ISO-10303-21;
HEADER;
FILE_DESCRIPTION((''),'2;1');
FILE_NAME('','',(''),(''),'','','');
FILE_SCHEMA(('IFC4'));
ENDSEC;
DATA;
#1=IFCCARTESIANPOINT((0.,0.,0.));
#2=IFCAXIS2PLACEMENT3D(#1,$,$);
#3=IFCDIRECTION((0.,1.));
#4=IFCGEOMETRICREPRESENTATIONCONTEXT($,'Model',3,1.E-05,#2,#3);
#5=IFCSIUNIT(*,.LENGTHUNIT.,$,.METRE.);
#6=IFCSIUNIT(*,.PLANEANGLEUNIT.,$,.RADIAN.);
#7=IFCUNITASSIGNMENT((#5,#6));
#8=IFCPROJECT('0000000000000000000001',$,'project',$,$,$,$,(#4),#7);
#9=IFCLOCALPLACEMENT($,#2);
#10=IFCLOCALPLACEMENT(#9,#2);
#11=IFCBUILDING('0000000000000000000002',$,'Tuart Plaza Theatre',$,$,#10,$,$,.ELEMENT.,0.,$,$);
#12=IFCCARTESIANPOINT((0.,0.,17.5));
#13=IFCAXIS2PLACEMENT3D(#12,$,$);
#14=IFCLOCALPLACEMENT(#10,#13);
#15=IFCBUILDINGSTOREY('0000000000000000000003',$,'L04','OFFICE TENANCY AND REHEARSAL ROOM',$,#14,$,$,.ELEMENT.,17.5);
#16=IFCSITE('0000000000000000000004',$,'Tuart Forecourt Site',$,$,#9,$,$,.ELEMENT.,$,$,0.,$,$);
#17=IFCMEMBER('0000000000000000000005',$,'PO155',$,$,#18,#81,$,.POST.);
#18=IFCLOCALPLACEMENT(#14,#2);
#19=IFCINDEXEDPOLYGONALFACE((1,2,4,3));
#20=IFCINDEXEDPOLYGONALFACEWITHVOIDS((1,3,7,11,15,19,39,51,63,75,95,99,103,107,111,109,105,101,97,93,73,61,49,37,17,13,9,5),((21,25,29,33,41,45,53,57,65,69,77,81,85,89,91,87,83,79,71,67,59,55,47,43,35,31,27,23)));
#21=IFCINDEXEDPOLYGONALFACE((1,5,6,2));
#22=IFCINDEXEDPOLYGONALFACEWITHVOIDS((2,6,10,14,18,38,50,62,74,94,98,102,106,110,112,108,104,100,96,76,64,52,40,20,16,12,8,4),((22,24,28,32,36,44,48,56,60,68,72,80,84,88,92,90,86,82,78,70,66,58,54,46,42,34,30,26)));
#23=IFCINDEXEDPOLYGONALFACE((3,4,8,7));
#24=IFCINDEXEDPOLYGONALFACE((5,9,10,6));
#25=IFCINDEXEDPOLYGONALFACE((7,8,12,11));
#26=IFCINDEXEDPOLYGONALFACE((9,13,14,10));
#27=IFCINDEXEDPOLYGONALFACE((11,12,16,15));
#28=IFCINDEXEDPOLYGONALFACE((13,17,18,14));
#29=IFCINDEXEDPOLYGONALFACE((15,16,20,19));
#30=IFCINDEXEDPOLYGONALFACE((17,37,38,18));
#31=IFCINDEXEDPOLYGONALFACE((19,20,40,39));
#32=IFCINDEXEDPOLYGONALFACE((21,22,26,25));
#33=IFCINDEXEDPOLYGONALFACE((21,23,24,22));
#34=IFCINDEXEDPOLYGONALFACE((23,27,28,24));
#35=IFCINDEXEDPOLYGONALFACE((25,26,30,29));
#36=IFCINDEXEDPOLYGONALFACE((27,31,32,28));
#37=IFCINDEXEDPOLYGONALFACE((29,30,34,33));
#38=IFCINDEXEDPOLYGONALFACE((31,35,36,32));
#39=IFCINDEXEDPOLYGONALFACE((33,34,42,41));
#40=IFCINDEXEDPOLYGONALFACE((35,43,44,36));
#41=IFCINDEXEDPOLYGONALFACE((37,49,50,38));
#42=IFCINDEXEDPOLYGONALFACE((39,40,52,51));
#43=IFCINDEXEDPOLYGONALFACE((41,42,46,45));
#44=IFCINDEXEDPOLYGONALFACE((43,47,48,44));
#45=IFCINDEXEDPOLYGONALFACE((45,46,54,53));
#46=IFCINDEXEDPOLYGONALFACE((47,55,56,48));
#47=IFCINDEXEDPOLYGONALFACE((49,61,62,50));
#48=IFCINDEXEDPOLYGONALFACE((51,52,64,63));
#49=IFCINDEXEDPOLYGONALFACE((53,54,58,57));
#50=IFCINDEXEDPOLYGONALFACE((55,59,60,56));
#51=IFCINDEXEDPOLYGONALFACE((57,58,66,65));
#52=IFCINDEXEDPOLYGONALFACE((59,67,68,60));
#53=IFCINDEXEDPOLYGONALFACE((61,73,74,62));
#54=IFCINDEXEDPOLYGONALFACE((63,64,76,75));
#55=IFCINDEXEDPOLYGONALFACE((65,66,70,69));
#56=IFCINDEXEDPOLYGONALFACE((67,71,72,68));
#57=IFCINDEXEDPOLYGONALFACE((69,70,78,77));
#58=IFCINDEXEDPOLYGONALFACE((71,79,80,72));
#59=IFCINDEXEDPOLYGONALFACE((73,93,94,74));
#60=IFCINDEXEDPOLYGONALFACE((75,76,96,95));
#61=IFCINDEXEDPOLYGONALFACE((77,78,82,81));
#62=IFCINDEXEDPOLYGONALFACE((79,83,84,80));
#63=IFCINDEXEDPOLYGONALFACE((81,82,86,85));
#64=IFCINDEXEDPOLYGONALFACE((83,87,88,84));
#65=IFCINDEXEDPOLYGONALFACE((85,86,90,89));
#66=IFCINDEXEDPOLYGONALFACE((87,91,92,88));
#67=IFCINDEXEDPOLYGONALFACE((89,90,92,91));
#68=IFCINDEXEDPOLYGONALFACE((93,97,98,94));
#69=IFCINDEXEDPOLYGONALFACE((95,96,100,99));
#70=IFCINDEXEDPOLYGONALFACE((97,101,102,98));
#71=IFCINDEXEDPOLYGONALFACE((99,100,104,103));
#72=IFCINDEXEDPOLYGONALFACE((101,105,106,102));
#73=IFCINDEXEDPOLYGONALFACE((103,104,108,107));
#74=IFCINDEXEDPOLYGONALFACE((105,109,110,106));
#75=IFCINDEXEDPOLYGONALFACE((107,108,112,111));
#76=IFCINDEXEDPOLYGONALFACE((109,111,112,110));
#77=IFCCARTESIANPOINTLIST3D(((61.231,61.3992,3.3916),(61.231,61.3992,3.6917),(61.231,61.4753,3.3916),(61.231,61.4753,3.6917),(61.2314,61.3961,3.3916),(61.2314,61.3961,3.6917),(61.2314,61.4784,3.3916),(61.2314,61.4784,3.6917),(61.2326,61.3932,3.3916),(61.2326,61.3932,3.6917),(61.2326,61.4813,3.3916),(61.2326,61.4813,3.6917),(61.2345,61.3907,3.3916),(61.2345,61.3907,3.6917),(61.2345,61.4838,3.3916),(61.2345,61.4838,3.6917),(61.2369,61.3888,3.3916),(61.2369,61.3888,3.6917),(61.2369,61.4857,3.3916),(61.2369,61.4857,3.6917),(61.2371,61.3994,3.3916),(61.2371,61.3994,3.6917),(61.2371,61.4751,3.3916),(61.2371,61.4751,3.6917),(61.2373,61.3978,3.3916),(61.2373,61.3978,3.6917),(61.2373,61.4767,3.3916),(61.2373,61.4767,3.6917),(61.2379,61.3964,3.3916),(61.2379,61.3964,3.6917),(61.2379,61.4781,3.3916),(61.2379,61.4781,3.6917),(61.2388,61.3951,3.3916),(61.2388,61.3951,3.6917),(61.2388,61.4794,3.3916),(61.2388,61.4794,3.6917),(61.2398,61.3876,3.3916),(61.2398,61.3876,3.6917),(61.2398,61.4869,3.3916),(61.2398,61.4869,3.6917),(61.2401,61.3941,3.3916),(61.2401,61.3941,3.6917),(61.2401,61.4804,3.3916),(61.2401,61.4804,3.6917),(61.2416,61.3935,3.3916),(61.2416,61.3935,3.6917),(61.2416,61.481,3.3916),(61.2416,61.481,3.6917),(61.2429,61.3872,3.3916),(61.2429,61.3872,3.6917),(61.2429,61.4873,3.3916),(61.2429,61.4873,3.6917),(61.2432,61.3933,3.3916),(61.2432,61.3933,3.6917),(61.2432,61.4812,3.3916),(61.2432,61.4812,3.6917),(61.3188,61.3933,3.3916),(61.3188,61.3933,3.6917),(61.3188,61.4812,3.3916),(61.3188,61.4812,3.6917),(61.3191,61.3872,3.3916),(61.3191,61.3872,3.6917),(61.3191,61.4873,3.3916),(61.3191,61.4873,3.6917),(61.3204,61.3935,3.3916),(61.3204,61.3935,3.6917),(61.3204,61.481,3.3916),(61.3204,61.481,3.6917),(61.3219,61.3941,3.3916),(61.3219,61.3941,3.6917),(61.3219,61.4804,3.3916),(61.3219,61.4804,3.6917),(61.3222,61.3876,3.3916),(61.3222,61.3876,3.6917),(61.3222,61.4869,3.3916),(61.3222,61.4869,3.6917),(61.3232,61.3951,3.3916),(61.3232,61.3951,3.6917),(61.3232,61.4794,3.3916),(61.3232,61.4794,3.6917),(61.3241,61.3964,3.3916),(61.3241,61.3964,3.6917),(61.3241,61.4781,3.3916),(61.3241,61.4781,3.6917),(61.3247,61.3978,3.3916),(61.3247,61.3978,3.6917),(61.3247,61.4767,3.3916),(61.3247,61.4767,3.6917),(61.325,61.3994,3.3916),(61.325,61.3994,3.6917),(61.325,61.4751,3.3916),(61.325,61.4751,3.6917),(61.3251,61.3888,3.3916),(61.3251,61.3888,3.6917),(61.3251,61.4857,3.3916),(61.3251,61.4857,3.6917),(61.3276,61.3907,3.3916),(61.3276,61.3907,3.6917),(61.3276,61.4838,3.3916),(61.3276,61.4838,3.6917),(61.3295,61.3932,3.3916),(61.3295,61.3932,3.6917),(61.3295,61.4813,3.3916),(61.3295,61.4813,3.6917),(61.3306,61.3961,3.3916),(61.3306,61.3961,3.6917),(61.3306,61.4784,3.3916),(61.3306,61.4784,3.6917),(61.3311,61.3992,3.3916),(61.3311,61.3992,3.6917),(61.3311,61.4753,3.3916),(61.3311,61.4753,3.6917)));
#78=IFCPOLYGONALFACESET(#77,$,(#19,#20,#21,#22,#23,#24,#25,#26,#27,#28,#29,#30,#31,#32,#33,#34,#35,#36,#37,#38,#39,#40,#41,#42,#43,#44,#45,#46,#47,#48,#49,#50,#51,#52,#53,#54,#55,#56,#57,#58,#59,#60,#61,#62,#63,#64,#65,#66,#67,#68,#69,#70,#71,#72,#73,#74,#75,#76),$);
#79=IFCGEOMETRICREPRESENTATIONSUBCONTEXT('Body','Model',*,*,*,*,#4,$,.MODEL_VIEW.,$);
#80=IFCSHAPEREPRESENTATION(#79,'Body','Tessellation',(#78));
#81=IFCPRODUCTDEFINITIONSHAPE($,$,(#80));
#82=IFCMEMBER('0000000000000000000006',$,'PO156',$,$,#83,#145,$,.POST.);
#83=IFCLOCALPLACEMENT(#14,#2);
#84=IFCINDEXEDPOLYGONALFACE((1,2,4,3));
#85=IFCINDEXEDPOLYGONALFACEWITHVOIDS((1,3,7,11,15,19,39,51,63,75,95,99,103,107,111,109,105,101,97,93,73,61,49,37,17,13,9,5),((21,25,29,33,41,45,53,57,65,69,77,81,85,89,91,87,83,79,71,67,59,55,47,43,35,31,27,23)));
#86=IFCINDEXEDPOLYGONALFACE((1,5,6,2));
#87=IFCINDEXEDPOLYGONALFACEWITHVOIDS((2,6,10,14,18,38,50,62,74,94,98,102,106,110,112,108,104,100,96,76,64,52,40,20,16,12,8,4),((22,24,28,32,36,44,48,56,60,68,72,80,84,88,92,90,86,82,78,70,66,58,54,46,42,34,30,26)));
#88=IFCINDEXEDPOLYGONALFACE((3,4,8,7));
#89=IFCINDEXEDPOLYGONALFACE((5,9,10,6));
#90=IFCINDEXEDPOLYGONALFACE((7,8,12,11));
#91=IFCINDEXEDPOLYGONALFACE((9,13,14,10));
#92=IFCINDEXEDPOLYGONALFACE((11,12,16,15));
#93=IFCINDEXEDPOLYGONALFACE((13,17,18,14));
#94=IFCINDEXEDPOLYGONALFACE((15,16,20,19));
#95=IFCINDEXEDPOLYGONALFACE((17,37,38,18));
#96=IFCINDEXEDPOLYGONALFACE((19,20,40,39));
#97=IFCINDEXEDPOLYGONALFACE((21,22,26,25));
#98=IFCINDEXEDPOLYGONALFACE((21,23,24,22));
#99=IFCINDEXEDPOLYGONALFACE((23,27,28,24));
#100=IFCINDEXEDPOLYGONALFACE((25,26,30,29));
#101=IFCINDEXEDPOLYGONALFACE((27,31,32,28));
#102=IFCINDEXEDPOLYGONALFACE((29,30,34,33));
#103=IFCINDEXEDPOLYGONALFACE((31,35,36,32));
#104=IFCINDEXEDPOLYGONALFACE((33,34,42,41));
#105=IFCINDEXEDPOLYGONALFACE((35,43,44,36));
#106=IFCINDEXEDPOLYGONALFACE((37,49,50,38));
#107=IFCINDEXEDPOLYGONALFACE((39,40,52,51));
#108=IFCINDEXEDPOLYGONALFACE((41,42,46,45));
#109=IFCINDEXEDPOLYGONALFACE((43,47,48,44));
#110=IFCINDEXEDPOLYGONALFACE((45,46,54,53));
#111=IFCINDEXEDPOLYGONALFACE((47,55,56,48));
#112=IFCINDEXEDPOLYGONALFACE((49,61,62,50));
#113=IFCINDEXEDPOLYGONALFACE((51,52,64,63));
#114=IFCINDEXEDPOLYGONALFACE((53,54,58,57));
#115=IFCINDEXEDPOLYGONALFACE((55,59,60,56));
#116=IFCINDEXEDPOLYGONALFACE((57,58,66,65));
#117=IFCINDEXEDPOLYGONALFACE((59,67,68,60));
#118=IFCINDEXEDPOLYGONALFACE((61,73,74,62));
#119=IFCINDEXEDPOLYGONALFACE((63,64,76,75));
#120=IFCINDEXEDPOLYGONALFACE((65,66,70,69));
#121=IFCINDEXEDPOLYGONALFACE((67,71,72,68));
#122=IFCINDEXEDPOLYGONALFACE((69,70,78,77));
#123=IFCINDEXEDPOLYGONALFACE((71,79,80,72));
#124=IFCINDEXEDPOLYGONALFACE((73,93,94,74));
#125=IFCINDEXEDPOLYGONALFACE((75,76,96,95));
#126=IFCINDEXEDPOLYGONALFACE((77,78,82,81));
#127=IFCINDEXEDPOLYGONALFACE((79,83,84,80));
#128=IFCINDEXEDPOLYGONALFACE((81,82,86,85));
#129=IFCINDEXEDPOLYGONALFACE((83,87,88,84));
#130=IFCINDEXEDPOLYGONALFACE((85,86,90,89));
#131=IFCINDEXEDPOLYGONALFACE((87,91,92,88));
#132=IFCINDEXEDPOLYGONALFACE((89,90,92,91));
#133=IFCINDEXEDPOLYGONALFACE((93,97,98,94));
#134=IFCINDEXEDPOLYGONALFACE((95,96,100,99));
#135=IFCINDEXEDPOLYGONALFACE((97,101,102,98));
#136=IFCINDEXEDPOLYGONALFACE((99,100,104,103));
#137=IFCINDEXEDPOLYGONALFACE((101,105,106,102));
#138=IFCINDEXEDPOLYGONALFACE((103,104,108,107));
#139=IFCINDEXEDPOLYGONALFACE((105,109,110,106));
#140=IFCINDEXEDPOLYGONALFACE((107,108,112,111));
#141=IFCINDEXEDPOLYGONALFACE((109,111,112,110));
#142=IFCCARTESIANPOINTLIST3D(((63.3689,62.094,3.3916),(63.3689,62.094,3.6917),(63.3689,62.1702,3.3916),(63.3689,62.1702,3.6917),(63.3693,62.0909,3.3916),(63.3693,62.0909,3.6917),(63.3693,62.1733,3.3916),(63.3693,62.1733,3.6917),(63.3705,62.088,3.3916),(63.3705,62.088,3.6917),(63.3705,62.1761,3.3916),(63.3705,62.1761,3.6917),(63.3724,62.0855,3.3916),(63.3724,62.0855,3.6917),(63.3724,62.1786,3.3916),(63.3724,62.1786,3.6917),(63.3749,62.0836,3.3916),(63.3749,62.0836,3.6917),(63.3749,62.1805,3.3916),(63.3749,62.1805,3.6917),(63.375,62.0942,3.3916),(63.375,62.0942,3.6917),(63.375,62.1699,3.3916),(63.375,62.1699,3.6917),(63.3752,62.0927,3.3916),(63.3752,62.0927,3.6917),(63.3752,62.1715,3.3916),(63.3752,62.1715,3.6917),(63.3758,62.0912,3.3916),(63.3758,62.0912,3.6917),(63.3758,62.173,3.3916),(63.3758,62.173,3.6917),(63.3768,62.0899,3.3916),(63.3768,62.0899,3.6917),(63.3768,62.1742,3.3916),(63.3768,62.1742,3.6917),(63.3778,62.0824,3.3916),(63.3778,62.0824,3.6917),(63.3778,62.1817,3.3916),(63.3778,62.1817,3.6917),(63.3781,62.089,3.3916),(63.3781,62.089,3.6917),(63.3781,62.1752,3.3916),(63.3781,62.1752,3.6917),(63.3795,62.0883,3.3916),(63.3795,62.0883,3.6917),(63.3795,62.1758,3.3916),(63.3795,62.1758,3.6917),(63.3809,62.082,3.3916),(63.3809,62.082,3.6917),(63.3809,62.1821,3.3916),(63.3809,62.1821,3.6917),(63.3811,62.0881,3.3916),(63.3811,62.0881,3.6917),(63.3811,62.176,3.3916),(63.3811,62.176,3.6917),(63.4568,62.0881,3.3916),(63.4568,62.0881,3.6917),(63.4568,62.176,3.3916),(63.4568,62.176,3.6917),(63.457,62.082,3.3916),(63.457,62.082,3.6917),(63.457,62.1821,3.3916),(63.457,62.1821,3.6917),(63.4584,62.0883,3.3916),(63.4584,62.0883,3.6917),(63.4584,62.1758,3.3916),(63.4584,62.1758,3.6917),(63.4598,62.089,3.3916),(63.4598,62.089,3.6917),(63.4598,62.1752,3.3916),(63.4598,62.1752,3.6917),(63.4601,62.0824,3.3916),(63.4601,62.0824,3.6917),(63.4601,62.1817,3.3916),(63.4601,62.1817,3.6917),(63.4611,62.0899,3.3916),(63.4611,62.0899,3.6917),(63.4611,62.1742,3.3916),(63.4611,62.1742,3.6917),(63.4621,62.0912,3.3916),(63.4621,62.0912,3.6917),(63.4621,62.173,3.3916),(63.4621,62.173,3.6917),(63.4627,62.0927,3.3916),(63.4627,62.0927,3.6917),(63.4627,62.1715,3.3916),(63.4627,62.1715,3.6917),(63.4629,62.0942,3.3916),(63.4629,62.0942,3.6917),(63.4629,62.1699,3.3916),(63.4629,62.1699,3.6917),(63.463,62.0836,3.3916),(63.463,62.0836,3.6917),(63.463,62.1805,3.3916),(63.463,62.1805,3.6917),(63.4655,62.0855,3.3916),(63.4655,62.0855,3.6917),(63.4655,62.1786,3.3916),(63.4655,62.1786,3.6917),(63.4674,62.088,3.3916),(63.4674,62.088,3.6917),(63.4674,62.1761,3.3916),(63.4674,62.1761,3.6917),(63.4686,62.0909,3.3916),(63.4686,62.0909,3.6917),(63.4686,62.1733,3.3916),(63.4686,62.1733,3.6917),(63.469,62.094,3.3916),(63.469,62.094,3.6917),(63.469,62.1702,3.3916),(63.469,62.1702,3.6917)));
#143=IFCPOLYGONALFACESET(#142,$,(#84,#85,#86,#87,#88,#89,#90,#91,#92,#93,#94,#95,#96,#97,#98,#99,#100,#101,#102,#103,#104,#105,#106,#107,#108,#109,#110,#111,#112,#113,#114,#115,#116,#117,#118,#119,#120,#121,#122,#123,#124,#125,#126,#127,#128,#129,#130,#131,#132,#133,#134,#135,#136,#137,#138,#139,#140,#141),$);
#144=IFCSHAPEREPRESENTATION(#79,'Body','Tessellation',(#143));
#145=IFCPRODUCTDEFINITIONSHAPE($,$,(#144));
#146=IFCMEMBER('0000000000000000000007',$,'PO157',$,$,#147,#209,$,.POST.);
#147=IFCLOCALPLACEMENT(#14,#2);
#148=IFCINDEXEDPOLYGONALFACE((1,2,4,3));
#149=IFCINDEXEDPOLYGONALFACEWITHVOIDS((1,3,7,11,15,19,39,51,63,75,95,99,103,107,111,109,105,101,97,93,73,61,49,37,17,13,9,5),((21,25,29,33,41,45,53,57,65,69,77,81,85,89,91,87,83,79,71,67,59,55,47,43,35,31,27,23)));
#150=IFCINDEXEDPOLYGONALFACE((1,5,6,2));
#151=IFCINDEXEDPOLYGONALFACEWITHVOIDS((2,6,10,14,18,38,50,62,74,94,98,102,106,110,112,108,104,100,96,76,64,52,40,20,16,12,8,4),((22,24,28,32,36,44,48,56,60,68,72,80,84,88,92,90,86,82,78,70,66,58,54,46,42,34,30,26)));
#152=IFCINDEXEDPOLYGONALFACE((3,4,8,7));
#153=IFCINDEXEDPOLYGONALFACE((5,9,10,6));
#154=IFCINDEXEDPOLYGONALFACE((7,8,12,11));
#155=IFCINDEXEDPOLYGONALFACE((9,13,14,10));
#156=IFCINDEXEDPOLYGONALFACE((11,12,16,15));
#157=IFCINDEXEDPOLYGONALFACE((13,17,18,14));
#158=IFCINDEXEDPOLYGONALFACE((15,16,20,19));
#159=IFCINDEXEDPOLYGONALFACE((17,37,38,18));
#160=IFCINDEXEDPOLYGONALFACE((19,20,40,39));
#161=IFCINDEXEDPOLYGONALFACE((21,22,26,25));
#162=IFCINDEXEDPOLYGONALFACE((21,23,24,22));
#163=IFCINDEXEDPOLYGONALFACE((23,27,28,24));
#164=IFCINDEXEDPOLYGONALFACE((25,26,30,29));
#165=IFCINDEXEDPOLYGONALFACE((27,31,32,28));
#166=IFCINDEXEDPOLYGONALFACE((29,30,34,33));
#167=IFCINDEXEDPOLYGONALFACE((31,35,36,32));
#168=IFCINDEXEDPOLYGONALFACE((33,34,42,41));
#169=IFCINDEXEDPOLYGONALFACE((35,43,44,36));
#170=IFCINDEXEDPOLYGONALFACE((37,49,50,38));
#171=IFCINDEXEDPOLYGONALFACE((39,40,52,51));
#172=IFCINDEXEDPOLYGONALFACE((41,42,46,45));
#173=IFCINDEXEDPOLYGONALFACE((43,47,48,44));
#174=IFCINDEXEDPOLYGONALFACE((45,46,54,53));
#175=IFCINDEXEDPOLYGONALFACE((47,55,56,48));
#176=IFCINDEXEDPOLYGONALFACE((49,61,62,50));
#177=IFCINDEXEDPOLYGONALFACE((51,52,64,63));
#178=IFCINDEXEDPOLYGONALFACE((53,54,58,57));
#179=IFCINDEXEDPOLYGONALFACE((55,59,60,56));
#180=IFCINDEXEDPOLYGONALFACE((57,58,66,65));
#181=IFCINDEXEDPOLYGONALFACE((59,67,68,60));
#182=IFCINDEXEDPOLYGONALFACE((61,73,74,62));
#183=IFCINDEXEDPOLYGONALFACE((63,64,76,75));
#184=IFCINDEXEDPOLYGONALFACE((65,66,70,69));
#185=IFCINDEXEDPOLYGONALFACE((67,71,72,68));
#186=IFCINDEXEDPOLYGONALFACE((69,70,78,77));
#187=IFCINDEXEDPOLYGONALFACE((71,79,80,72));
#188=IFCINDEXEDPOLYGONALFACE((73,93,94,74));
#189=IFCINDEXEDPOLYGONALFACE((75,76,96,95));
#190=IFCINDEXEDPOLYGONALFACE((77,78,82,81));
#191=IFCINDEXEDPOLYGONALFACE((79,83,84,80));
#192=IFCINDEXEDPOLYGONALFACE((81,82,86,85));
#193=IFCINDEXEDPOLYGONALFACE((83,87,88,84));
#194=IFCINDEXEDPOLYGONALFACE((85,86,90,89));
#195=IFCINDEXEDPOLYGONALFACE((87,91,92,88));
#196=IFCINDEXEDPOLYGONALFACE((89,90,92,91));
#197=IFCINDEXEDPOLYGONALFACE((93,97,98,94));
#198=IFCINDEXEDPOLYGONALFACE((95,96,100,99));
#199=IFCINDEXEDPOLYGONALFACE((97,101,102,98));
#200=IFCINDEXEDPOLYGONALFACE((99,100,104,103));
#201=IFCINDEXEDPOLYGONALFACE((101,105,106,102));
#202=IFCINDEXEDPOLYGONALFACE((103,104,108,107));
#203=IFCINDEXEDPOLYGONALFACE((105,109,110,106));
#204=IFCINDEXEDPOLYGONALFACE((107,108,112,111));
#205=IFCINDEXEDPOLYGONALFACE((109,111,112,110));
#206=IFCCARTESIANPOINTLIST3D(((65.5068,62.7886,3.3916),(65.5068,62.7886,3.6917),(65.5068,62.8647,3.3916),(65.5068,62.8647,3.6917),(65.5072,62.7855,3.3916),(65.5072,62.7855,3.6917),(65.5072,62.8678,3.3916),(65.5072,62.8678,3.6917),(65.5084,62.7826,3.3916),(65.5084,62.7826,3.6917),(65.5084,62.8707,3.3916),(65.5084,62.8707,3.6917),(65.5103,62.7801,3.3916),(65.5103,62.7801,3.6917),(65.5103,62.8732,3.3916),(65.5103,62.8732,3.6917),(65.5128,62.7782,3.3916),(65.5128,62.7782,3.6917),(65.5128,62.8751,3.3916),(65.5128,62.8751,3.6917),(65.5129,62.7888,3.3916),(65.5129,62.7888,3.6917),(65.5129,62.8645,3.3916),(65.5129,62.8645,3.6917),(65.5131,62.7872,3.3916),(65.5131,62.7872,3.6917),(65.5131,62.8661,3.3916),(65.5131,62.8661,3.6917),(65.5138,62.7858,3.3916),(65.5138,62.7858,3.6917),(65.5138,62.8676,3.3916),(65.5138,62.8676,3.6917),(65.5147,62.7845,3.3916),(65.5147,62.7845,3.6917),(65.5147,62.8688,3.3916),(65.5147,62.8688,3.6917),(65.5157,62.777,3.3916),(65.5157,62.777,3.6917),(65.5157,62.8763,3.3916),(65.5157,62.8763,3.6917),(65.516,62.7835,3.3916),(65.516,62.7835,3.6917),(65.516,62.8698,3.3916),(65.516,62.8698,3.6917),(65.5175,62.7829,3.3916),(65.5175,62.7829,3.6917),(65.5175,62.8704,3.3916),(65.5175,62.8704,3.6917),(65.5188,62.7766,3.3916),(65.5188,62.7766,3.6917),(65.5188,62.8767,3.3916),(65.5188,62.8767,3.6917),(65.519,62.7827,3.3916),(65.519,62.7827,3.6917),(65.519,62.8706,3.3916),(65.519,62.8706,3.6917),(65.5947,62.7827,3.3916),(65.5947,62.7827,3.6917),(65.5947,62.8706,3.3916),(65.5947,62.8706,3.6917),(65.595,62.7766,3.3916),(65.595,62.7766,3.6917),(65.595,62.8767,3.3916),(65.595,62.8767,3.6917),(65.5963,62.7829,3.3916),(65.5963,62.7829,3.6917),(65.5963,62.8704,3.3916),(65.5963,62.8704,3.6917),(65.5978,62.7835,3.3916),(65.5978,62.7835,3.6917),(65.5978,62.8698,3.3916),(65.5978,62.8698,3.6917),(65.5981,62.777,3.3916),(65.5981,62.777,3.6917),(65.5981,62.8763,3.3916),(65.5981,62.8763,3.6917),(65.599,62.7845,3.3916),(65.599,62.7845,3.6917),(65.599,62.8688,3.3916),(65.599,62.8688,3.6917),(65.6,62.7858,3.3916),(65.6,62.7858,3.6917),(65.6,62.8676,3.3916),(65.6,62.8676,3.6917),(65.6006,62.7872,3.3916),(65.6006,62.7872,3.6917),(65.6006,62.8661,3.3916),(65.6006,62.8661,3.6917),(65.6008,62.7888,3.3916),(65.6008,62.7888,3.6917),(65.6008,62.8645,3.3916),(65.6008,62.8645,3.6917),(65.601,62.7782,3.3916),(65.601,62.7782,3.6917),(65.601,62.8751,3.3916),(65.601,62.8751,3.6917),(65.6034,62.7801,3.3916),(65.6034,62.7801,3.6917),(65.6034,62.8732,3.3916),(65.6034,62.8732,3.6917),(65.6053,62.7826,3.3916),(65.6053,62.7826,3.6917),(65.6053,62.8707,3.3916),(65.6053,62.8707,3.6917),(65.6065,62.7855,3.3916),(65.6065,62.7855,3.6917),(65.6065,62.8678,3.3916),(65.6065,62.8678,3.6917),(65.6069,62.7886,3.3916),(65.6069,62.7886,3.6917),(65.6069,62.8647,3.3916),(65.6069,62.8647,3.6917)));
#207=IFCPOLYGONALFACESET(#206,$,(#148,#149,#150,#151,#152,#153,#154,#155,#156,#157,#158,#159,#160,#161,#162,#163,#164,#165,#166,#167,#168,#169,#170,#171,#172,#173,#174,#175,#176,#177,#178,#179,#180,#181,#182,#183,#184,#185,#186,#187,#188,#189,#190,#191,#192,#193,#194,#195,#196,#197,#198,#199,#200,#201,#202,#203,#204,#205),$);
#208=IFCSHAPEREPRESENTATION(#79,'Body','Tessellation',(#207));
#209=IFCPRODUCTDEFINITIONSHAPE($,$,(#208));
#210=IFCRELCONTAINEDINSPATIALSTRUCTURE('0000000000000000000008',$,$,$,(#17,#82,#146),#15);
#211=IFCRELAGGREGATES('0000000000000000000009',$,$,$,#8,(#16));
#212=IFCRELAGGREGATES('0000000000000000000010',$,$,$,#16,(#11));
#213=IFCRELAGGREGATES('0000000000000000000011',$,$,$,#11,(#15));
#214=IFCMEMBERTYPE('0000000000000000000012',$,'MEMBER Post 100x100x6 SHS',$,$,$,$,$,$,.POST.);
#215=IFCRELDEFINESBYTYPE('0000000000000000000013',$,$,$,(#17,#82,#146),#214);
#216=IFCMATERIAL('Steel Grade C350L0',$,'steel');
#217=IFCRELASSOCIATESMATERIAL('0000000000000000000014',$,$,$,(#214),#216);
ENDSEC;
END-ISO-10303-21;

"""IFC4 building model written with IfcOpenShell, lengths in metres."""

from ifc_helpers import new_model, si_unit, direction, frame, origin, origin_2d, place, context, subcontext, project, spatial, hollow_rectangle, extrude, material, material_profile, profile_set, type_object, element, save


model = new_model("IFC4")

# Units and contexts
model_context = context("Model", 3, precision=1e-05, world=origin(), true_north=direction((0.0, 1.0)))
body_context = subcontext(model_context, "Body", "Model", "MODEL_VIEW")
ifc_project = project(units=[si_unit("LENGTHUNIT", "METRE"), si_unit("PLANEANGLEUNIT", "RADIAN")], contexts=[model_context])

# Site, building, storey
site_placement = place(None, origin())
site = spatial("IfcSite", under=ifc_project, at=site_placement, Name="Tuart Forecourt Site", CompositionType="ELEMENT", RefElevation=0.0)
building_placement = place(site_placement, origin())
building = spatial("IfcBuilding", under=site, at=building_placement, Name="Tuart Plaza Theatre", CompositionType="ELEMENT", ElevationOfRefHeight=0.0)
storey_placement = place(building_placement, frame((0.0, 0.0, 17.5)))
storey = spatial("IfcBuildingStorey", under=building, at=storey_placement, Name="L04", Description="OFFICE TENANCY AND REHEARSAL ROOM", CompositionType="ELEMENT", Elevation=17.5)

# Members
ifc_material_1 = material(Name="Steel Grade C350L0", Category="steel")
ifc_material_profile_1 = material_profile(ifc_material_1, hollow_rectangle(XDim=0.1001, YDim=0.1001, WallThickness=0.0061, InnerFilletRadius=0.0061, OuterFilletRadius=0.012, at=origin_2d()), Name="100x100x6 SHS")
ifc_profile_set_1 = profile_set([ifc_material_profile_1], Name="Steel Grade C350L0")
member_type_1 = type_object("IfcMemberType", Name="MEMBER Post 100x100x6 SHS", PredefinedType="POST", material=ifc_profile_set_1)
for number, where, z_axis, x_axis, name in (
    (1, (61.281, 61.4373, 3.3916), (0.0, 0.0, 1.0), (1.0, 0.0, 0.0), "PO155"),
    (2, (63.4189, 62.1321, 3.3916), (0.0, 0.0, 1.0), (1.0, 0.0, 0.0), "PO156"),
    (3, (65.5569, 62.8267, 3.3916), (0.0, 0.0, 1.0), (1.0, 0.0, 0.0), "PO157"),
):
    element("IfcMember", number, at=place(storey_placement, frame(where, z_axis=z_axis, x_axis=x_axis)), inside=storey, type_object=member_type_1, Name=name, PredefinedType="POST", context=body_context, shape_type="SweptSolid", body=[
        extrude(hollow_rectangle(XDim=0.1001, YDim=0.1001, WallThickness=0.0061, InnerFilletRadius=0.0061, OuterFilletRadius=0.012, at=origin_2d()), origin(), (0.0, 0.0, 1.0), 0.3),
    ])

save(model, "model.ifc")
